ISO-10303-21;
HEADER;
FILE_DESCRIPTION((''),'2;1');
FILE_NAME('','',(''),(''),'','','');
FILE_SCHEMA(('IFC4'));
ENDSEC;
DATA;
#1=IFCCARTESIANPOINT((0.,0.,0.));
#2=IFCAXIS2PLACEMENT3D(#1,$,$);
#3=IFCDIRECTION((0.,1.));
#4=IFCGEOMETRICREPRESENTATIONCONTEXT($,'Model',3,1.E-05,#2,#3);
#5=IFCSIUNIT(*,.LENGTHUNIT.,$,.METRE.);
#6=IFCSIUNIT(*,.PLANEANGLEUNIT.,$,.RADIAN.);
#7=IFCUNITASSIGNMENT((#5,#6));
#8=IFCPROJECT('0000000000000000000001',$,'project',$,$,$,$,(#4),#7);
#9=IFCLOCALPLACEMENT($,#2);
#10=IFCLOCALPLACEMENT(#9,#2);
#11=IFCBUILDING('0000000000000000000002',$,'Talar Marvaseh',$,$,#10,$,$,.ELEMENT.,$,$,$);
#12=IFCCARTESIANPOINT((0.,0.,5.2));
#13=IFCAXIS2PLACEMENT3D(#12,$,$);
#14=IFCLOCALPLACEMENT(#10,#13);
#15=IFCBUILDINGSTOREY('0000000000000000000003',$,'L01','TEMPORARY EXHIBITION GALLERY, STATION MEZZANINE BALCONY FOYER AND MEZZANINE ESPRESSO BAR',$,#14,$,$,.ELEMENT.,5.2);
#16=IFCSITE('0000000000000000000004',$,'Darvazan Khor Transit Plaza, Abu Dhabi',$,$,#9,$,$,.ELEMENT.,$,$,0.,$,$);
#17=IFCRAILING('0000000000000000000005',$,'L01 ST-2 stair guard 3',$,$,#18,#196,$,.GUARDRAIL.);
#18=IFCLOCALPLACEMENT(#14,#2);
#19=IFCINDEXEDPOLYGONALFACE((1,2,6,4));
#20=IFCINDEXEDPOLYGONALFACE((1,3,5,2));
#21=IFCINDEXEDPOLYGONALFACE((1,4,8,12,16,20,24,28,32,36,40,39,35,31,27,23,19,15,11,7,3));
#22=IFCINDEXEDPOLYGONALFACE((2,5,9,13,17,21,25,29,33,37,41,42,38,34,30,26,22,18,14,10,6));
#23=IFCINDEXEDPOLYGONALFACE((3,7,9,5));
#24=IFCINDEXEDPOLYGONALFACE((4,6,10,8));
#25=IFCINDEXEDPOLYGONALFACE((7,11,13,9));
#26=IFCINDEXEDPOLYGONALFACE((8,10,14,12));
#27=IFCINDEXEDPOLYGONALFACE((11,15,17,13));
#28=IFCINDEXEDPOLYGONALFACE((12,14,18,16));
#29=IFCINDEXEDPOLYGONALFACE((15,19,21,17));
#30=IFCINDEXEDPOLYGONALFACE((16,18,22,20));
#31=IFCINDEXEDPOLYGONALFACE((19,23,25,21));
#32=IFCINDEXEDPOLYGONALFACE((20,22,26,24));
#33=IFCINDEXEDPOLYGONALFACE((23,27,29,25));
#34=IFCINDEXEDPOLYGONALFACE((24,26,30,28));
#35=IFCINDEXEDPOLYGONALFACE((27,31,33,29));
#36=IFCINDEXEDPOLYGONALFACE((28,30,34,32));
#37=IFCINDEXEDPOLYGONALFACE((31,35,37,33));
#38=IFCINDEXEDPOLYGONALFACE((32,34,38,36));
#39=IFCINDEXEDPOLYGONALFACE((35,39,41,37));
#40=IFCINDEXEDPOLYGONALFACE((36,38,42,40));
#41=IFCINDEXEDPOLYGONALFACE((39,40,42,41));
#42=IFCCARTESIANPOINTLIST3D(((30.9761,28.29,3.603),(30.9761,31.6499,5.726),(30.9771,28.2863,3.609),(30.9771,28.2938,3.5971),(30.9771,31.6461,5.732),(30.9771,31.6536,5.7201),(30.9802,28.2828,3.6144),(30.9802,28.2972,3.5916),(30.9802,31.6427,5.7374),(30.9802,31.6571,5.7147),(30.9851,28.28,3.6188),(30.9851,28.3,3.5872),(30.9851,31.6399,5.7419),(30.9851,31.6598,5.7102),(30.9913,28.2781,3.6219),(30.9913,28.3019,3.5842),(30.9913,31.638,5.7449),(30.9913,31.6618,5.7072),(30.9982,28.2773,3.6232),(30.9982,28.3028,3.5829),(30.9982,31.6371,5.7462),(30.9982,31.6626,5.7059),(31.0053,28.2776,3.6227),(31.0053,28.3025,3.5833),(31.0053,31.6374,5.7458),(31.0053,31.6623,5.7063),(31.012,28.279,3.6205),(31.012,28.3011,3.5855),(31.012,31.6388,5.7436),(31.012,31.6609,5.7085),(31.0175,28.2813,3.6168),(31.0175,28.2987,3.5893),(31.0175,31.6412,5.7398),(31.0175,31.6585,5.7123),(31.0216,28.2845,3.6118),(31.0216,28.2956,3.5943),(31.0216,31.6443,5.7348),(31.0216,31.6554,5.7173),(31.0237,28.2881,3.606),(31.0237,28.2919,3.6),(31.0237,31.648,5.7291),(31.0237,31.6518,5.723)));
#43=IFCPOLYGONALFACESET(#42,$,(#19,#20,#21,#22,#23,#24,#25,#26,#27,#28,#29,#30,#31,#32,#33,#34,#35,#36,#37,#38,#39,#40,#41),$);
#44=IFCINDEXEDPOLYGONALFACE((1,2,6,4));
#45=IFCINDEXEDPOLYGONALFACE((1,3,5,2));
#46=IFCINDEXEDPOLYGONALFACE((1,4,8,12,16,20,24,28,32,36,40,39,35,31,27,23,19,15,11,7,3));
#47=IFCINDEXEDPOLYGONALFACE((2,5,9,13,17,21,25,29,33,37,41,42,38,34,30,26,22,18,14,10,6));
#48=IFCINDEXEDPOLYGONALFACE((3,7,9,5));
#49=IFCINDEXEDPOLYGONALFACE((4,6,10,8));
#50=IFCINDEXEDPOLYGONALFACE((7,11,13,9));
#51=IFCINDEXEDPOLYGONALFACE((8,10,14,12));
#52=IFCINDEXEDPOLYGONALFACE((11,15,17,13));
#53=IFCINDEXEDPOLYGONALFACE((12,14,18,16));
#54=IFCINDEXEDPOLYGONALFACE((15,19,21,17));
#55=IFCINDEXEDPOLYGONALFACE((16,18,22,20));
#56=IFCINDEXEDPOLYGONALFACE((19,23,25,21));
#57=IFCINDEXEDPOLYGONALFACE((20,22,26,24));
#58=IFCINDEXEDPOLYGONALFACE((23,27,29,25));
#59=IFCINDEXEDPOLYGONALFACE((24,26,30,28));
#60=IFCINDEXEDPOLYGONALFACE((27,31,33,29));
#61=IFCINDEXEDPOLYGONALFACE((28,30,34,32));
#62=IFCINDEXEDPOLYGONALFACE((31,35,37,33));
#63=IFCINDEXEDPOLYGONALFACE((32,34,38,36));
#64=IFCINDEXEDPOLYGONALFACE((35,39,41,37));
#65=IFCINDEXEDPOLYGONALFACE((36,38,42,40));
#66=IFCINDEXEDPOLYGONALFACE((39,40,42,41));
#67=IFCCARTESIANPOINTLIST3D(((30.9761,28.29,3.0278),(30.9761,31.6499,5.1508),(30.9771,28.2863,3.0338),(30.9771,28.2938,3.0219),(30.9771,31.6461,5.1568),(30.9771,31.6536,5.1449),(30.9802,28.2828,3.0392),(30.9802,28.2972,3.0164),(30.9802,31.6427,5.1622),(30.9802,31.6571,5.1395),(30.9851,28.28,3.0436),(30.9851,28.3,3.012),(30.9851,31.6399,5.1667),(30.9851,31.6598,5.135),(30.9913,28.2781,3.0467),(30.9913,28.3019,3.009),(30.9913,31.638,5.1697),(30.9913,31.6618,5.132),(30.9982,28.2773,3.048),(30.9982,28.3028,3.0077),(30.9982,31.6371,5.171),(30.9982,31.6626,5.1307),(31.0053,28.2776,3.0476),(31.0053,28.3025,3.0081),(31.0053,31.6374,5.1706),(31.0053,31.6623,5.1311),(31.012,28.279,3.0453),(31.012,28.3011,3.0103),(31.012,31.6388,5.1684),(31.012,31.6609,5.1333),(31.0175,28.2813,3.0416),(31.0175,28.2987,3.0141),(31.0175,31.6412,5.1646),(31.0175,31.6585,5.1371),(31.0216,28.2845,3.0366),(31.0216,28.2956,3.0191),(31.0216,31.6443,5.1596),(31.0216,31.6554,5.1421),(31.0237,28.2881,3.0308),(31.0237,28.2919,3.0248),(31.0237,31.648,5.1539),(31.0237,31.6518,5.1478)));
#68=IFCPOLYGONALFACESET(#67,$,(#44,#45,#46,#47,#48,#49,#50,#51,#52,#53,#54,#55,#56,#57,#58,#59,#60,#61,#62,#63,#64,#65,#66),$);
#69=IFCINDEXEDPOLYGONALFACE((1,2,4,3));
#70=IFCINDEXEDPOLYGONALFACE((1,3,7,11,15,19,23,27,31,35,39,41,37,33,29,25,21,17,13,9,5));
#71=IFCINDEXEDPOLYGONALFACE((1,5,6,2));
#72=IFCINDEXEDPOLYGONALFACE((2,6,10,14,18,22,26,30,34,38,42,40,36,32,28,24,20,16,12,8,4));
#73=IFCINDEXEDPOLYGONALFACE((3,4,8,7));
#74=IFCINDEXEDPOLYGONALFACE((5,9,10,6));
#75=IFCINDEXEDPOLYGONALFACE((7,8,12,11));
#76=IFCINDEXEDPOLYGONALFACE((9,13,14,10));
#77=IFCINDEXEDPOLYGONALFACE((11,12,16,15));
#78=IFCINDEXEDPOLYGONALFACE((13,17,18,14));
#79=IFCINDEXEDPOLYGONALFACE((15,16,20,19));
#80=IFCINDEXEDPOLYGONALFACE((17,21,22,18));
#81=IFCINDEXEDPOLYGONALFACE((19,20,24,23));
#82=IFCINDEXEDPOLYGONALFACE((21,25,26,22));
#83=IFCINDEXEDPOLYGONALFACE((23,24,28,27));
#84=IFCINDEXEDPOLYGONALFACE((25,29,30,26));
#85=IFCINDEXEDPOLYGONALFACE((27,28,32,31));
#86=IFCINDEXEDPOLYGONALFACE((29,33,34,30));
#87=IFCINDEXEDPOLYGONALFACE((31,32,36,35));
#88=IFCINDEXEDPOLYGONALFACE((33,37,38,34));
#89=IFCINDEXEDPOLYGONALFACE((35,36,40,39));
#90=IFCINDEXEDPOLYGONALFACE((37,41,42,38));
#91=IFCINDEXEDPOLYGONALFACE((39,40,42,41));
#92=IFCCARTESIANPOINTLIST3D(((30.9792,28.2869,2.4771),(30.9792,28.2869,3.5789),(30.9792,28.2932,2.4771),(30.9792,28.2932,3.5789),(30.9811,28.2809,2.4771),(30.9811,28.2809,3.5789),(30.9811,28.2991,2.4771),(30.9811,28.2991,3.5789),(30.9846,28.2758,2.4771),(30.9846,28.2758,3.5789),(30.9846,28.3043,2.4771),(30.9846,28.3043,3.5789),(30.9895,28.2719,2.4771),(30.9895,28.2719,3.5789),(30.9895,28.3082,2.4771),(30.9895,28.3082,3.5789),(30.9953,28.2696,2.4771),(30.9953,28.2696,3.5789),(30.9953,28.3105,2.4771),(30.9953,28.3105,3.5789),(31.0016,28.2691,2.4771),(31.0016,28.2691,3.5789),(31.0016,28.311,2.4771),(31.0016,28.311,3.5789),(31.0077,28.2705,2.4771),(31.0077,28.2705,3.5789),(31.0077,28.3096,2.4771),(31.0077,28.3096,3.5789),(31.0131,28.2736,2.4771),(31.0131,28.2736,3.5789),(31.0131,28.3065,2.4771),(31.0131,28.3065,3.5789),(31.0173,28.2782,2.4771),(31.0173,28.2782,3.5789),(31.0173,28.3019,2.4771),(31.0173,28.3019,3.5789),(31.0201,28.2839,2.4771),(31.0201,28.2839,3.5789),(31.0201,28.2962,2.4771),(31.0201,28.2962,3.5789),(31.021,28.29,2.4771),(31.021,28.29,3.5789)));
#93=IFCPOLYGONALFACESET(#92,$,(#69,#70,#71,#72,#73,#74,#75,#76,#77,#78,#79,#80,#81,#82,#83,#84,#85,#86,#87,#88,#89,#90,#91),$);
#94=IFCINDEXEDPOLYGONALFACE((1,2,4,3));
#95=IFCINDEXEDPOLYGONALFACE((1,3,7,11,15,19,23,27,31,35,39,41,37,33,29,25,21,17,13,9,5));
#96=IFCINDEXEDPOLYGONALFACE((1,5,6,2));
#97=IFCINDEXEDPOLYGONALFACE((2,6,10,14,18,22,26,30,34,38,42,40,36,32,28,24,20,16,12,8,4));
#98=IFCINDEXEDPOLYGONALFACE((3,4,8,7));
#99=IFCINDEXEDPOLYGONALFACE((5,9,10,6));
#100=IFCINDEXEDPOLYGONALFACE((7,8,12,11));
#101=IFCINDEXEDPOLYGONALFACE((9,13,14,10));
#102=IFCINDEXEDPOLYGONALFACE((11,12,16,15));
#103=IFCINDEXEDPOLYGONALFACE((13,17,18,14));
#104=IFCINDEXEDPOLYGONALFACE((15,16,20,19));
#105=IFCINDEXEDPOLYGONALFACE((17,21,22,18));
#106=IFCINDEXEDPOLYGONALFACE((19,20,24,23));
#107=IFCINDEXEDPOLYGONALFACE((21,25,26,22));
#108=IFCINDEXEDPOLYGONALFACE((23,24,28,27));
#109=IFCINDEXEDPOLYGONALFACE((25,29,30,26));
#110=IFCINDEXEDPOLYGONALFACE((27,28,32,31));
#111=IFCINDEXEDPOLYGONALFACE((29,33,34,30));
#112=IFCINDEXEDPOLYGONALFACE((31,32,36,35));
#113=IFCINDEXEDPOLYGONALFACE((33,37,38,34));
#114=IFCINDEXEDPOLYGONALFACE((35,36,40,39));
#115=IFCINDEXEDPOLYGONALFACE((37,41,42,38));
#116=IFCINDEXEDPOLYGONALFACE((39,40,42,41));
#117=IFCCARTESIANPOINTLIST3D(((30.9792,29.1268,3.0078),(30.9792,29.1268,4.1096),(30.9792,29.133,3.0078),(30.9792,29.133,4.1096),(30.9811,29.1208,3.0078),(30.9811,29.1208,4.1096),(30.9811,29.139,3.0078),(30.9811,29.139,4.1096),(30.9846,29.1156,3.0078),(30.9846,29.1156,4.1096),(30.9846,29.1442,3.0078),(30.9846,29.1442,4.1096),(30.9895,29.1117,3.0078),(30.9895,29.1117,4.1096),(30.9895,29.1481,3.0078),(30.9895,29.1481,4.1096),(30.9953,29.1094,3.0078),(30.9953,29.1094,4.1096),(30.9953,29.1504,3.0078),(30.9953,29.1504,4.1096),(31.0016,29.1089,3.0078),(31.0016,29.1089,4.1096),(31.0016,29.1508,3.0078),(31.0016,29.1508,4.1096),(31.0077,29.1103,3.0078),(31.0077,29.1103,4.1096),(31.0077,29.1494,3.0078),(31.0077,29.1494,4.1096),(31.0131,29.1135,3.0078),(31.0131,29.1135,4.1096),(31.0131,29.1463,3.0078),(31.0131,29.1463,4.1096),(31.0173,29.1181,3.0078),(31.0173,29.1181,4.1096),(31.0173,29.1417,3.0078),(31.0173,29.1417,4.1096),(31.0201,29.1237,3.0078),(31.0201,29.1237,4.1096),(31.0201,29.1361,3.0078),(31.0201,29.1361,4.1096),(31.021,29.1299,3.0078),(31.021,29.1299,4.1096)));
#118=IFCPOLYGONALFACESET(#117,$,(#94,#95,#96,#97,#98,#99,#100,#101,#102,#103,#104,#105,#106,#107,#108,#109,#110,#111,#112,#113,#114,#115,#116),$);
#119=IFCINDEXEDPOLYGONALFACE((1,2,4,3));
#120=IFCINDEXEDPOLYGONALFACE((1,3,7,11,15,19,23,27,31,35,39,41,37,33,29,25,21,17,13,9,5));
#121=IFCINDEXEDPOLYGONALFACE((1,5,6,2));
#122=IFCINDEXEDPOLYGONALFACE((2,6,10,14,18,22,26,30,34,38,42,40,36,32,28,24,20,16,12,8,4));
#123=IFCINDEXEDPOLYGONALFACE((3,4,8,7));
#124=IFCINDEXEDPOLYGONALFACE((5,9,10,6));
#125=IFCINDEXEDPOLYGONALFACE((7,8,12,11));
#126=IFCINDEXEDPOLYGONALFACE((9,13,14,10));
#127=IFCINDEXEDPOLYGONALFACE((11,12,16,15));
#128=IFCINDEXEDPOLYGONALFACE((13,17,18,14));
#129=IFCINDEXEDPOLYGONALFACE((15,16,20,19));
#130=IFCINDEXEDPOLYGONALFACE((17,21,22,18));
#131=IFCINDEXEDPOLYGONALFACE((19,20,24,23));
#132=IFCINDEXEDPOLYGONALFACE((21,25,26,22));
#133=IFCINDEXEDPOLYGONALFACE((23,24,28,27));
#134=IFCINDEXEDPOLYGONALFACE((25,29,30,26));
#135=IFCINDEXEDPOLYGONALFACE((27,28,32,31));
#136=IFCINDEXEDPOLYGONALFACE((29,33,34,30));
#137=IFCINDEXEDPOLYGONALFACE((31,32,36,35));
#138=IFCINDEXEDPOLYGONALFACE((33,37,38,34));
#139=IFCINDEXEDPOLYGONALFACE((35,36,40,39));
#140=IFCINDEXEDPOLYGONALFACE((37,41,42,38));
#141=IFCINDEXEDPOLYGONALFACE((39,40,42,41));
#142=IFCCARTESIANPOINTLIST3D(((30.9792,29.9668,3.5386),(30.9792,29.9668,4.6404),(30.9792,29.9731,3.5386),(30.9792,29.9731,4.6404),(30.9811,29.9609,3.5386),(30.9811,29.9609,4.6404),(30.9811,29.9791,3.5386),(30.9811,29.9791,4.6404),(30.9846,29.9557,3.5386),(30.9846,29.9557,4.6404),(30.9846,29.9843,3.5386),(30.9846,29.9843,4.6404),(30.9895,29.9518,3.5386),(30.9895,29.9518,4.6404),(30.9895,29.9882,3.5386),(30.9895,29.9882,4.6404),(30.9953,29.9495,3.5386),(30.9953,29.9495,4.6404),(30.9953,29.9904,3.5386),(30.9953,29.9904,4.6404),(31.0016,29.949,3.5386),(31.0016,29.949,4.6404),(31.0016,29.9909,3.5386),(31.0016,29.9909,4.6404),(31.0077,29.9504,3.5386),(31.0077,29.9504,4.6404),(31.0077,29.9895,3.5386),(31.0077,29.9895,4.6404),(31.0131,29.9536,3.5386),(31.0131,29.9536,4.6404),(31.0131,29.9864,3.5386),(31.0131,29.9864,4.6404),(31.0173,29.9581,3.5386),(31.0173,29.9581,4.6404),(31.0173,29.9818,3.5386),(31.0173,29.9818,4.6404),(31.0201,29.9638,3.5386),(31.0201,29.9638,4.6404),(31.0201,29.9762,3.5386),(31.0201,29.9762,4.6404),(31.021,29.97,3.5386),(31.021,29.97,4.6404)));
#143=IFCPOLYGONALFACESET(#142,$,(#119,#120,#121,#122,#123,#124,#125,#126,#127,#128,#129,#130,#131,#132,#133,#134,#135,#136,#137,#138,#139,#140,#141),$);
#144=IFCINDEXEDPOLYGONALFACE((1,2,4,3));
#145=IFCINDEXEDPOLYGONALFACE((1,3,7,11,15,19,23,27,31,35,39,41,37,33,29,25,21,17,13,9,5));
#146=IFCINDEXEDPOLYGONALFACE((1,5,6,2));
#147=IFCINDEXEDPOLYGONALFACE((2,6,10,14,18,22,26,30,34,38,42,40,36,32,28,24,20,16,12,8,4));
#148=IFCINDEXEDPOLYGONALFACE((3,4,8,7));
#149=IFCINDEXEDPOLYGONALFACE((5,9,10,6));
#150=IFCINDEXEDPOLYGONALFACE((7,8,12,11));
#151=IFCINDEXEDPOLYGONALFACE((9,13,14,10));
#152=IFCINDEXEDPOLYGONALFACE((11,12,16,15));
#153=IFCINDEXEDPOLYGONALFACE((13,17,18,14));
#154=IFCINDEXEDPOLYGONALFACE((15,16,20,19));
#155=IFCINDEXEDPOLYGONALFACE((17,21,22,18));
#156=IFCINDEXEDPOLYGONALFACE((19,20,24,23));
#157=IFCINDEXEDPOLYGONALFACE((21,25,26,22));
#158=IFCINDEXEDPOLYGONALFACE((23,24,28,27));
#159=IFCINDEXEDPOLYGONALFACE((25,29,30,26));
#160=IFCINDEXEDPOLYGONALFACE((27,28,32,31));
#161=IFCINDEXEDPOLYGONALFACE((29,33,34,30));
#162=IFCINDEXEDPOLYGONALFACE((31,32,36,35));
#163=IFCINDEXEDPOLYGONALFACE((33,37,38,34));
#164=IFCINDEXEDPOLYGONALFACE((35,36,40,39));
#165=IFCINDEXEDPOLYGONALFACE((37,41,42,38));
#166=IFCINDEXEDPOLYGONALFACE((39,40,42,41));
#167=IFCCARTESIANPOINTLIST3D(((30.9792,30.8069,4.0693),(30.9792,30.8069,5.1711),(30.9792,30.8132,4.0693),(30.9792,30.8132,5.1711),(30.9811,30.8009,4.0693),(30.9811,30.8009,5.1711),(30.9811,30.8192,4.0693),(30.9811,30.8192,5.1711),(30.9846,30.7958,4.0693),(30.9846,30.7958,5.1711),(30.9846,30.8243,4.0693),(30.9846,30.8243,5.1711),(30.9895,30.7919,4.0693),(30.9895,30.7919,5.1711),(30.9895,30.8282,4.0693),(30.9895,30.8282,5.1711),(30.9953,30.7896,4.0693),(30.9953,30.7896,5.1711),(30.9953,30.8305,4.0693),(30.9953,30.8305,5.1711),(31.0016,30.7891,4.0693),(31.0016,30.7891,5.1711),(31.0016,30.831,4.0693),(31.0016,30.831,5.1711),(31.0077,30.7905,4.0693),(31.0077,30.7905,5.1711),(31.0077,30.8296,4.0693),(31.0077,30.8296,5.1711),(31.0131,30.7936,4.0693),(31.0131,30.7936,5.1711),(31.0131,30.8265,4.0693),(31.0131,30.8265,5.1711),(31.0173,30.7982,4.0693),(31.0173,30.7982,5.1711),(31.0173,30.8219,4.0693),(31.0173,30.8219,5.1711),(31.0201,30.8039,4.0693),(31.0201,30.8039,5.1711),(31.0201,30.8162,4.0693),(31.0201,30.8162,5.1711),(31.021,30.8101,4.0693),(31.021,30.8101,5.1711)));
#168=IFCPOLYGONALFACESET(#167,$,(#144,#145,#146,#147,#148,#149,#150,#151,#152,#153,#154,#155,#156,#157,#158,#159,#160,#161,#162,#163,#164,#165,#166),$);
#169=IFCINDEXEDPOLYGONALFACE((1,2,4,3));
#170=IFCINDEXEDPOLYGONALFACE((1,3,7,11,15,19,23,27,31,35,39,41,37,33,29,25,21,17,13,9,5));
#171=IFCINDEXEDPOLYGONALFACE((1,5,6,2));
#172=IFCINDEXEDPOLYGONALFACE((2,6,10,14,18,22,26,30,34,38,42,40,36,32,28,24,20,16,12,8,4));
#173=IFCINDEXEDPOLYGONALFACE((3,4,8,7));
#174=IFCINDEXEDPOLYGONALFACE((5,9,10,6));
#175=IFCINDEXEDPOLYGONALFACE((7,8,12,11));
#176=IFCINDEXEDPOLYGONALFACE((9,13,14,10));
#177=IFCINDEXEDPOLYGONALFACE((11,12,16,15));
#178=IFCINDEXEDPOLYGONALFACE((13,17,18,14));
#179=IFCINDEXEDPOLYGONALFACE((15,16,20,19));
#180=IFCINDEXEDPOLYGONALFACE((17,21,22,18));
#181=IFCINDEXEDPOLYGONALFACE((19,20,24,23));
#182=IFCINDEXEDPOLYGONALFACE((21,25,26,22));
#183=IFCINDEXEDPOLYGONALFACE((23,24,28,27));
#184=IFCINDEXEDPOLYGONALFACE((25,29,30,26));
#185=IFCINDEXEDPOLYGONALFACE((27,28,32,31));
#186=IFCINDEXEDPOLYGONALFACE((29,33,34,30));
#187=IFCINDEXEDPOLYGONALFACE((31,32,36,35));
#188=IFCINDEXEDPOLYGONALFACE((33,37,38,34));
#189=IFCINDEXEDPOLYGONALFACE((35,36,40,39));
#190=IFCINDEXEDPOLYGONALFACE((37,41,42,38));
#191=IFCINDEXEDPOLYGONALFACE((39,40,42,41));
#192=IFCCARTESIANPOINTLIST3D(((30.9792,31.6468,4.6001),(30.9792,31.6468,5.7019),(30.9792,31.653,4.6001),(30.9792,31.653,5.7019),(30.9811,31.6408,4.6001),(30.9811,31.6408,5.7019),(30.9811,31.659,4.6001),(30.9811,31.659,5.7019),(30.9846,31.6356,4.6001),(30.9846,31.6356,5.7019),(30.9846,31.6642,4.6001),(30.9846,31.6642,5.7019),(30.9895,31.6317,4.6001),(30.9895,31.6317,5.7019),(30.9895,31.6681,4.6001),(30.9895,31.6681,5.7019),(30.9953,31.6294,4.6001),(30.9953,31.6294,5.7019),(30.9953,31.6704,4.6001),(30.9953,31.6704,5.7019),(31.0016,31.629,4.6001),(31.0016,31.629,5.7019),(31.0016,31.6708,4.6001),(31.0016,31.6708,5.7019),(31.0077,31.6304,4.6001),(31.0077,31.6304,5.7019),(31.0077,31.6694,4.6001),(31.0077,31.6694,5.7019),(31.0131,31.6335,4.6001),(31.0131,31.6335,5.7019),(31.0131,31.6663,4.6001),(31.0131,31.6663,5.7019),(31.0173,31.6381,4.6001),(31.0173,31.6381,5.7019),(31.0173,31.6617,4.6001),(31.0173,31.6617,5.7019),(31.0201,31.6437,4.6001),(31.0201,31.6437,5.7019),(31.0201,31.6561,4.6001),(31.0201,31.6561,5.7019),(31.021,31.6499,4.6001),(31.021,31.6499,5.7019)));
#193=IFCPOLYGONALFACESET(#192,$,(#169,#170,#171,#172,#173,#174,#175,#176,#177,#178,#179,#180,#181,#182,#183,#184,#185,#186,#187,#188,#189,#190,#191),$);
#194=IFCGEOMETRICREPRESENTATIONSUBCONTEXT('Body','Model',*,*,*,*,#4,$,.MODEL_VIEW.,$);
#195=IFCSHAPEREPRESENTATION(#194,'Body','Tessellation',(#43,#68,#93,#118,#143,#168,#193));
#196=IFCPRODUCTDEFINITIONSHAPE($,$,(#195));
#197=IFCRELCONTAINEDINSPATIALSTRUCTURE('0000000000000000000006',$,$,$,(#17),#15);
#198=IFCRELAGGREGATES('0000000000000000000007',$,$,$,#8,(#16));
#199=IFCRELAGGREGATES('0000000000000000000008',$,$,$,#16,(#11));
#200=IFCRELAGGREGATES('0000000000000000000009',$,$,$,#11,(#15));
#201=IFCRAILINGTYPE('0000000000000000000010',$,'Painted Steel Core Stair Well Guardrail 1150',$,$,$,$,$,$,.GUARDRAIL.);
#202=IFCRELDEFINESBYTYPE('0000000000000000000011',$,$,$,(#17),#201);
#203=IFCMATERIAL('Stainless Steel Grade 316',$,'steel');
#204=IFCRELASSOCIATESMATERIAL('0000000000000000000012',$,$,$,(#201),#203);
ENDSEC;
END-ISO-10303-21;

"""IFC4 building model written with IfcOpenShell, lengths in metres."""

from ifc_helpers import new_model, si_unit, direction, frame, origin, origin_2d, place, context, subcontext, project, spatial, circle, extrude, material, type_object, element, save


model = new_model("IFC4")

# Units and contexts
model_context = context("Model", 3, precision=1e-05, world=origin(), true_north=direction((0.0, 1.0)))
body_context = subcontext(model_context, "Body", "Model", "MODEL_VIEW")
ifc_project = project(units=[si_unit("LENGTHUNIT", "METRE"), si_unit("PLANEANGLEUNIT", "RADIAN")], contexts=[model_context])

# Site, building, storey
site_placement = place(None, origin())
site = spatial("IfcSite", under=ifc_project, at=site_placement, Name="Darvazan Khor Transit Plaza, Abu Dhabi", CompositionType="ELEMENT", RefElevation=0.0)
building_placement = place(site_placement, origin())
building = spatial("IfcBuilding", under=site, at=building_placement, Name="Talar Marvaseh", CompositionType="ELEMENT")
storey_placement = place(building_placement, frame((0.0, 0.0, 5.2)))
storey = spatial("IfcBuildingStorey", under=building, at=storey_placement, Name="L01", Description="TEMPORARY EXHIBITION GALLERY, STATION MEZZANINE BALCONY FOYER AND MEZZANINE ESPRESSO BAR", CompositionType="ELEMENT", Elevation=5.2)

# Shared definitions
ifc_material_1 = material(Name="Stainless Steel Grade 316", Category="steel")

# Railing
railing_type_1 = type_object("IfcRailingType", Name="Painted Steel Core Stair Well Guardrail 1150", PredefinedType="GUARDRAIL", material=ifc_material_1)
railing_1_placement = place(storey_placement, frame((31.0, 28.29, 2.4771)))
element("IfcRailing", 1, at=railing_1_placement, inside=storey, type_object=railing_type_1, Name="L01 ST-2 stair guard 3", PredefinedType="GUARDRAIL", context=body_context, shape_type="SweptSolid", body=[
    extrude(circle(Radius=0.0239, at=origin_2d()), frame((0.0, 0.0, 1.126), z_axis=(0.0, 0.845372, 0.534178), x_axis=(-1.0, 0.0, 0.0)), (0.0, 0.0, 1.0), 3.9744),
    extrude(circle(Radius=0.0239, at=origin_2d()), frame((0.0, 0.0, 0.5508), z_axis=(0.0, 0.845372, 0.534178), x_axis=(-1.0, 0.0, 0.0)), (0.0, 0.0, 1.0), 3.9744),
    extrude(circle(Radius=0.021, at=origin_2d()), origin(), (0.0, 0.0, 1.0), 1.1018),
    extrude(circle(Radius=0.021, at=origin_2d()), frame((0.0, 0.8398, 0.5308)), (0.0, 0.0, 1.0), 1.1018),
    extrude(circle(Radius=0.021, at=origin_2d()), frame((0.0, 1.6799, 1.0615)), (0.0, 0.0, 1.0), 1.1018),
    extrude(circle(Radius=0.021, at=origin_2d()), frame((0.0, 2.52, 1.5923)), (0.0, 0.0, 1.0), 1.1018),
    extrude(circle(Radius=0.021, at=origin_2d()), frame((0.0, 3.3599, 2.123)), (0.0, 0.0, 1.0), 1.1018),
])

save(model, "model.ifc")
